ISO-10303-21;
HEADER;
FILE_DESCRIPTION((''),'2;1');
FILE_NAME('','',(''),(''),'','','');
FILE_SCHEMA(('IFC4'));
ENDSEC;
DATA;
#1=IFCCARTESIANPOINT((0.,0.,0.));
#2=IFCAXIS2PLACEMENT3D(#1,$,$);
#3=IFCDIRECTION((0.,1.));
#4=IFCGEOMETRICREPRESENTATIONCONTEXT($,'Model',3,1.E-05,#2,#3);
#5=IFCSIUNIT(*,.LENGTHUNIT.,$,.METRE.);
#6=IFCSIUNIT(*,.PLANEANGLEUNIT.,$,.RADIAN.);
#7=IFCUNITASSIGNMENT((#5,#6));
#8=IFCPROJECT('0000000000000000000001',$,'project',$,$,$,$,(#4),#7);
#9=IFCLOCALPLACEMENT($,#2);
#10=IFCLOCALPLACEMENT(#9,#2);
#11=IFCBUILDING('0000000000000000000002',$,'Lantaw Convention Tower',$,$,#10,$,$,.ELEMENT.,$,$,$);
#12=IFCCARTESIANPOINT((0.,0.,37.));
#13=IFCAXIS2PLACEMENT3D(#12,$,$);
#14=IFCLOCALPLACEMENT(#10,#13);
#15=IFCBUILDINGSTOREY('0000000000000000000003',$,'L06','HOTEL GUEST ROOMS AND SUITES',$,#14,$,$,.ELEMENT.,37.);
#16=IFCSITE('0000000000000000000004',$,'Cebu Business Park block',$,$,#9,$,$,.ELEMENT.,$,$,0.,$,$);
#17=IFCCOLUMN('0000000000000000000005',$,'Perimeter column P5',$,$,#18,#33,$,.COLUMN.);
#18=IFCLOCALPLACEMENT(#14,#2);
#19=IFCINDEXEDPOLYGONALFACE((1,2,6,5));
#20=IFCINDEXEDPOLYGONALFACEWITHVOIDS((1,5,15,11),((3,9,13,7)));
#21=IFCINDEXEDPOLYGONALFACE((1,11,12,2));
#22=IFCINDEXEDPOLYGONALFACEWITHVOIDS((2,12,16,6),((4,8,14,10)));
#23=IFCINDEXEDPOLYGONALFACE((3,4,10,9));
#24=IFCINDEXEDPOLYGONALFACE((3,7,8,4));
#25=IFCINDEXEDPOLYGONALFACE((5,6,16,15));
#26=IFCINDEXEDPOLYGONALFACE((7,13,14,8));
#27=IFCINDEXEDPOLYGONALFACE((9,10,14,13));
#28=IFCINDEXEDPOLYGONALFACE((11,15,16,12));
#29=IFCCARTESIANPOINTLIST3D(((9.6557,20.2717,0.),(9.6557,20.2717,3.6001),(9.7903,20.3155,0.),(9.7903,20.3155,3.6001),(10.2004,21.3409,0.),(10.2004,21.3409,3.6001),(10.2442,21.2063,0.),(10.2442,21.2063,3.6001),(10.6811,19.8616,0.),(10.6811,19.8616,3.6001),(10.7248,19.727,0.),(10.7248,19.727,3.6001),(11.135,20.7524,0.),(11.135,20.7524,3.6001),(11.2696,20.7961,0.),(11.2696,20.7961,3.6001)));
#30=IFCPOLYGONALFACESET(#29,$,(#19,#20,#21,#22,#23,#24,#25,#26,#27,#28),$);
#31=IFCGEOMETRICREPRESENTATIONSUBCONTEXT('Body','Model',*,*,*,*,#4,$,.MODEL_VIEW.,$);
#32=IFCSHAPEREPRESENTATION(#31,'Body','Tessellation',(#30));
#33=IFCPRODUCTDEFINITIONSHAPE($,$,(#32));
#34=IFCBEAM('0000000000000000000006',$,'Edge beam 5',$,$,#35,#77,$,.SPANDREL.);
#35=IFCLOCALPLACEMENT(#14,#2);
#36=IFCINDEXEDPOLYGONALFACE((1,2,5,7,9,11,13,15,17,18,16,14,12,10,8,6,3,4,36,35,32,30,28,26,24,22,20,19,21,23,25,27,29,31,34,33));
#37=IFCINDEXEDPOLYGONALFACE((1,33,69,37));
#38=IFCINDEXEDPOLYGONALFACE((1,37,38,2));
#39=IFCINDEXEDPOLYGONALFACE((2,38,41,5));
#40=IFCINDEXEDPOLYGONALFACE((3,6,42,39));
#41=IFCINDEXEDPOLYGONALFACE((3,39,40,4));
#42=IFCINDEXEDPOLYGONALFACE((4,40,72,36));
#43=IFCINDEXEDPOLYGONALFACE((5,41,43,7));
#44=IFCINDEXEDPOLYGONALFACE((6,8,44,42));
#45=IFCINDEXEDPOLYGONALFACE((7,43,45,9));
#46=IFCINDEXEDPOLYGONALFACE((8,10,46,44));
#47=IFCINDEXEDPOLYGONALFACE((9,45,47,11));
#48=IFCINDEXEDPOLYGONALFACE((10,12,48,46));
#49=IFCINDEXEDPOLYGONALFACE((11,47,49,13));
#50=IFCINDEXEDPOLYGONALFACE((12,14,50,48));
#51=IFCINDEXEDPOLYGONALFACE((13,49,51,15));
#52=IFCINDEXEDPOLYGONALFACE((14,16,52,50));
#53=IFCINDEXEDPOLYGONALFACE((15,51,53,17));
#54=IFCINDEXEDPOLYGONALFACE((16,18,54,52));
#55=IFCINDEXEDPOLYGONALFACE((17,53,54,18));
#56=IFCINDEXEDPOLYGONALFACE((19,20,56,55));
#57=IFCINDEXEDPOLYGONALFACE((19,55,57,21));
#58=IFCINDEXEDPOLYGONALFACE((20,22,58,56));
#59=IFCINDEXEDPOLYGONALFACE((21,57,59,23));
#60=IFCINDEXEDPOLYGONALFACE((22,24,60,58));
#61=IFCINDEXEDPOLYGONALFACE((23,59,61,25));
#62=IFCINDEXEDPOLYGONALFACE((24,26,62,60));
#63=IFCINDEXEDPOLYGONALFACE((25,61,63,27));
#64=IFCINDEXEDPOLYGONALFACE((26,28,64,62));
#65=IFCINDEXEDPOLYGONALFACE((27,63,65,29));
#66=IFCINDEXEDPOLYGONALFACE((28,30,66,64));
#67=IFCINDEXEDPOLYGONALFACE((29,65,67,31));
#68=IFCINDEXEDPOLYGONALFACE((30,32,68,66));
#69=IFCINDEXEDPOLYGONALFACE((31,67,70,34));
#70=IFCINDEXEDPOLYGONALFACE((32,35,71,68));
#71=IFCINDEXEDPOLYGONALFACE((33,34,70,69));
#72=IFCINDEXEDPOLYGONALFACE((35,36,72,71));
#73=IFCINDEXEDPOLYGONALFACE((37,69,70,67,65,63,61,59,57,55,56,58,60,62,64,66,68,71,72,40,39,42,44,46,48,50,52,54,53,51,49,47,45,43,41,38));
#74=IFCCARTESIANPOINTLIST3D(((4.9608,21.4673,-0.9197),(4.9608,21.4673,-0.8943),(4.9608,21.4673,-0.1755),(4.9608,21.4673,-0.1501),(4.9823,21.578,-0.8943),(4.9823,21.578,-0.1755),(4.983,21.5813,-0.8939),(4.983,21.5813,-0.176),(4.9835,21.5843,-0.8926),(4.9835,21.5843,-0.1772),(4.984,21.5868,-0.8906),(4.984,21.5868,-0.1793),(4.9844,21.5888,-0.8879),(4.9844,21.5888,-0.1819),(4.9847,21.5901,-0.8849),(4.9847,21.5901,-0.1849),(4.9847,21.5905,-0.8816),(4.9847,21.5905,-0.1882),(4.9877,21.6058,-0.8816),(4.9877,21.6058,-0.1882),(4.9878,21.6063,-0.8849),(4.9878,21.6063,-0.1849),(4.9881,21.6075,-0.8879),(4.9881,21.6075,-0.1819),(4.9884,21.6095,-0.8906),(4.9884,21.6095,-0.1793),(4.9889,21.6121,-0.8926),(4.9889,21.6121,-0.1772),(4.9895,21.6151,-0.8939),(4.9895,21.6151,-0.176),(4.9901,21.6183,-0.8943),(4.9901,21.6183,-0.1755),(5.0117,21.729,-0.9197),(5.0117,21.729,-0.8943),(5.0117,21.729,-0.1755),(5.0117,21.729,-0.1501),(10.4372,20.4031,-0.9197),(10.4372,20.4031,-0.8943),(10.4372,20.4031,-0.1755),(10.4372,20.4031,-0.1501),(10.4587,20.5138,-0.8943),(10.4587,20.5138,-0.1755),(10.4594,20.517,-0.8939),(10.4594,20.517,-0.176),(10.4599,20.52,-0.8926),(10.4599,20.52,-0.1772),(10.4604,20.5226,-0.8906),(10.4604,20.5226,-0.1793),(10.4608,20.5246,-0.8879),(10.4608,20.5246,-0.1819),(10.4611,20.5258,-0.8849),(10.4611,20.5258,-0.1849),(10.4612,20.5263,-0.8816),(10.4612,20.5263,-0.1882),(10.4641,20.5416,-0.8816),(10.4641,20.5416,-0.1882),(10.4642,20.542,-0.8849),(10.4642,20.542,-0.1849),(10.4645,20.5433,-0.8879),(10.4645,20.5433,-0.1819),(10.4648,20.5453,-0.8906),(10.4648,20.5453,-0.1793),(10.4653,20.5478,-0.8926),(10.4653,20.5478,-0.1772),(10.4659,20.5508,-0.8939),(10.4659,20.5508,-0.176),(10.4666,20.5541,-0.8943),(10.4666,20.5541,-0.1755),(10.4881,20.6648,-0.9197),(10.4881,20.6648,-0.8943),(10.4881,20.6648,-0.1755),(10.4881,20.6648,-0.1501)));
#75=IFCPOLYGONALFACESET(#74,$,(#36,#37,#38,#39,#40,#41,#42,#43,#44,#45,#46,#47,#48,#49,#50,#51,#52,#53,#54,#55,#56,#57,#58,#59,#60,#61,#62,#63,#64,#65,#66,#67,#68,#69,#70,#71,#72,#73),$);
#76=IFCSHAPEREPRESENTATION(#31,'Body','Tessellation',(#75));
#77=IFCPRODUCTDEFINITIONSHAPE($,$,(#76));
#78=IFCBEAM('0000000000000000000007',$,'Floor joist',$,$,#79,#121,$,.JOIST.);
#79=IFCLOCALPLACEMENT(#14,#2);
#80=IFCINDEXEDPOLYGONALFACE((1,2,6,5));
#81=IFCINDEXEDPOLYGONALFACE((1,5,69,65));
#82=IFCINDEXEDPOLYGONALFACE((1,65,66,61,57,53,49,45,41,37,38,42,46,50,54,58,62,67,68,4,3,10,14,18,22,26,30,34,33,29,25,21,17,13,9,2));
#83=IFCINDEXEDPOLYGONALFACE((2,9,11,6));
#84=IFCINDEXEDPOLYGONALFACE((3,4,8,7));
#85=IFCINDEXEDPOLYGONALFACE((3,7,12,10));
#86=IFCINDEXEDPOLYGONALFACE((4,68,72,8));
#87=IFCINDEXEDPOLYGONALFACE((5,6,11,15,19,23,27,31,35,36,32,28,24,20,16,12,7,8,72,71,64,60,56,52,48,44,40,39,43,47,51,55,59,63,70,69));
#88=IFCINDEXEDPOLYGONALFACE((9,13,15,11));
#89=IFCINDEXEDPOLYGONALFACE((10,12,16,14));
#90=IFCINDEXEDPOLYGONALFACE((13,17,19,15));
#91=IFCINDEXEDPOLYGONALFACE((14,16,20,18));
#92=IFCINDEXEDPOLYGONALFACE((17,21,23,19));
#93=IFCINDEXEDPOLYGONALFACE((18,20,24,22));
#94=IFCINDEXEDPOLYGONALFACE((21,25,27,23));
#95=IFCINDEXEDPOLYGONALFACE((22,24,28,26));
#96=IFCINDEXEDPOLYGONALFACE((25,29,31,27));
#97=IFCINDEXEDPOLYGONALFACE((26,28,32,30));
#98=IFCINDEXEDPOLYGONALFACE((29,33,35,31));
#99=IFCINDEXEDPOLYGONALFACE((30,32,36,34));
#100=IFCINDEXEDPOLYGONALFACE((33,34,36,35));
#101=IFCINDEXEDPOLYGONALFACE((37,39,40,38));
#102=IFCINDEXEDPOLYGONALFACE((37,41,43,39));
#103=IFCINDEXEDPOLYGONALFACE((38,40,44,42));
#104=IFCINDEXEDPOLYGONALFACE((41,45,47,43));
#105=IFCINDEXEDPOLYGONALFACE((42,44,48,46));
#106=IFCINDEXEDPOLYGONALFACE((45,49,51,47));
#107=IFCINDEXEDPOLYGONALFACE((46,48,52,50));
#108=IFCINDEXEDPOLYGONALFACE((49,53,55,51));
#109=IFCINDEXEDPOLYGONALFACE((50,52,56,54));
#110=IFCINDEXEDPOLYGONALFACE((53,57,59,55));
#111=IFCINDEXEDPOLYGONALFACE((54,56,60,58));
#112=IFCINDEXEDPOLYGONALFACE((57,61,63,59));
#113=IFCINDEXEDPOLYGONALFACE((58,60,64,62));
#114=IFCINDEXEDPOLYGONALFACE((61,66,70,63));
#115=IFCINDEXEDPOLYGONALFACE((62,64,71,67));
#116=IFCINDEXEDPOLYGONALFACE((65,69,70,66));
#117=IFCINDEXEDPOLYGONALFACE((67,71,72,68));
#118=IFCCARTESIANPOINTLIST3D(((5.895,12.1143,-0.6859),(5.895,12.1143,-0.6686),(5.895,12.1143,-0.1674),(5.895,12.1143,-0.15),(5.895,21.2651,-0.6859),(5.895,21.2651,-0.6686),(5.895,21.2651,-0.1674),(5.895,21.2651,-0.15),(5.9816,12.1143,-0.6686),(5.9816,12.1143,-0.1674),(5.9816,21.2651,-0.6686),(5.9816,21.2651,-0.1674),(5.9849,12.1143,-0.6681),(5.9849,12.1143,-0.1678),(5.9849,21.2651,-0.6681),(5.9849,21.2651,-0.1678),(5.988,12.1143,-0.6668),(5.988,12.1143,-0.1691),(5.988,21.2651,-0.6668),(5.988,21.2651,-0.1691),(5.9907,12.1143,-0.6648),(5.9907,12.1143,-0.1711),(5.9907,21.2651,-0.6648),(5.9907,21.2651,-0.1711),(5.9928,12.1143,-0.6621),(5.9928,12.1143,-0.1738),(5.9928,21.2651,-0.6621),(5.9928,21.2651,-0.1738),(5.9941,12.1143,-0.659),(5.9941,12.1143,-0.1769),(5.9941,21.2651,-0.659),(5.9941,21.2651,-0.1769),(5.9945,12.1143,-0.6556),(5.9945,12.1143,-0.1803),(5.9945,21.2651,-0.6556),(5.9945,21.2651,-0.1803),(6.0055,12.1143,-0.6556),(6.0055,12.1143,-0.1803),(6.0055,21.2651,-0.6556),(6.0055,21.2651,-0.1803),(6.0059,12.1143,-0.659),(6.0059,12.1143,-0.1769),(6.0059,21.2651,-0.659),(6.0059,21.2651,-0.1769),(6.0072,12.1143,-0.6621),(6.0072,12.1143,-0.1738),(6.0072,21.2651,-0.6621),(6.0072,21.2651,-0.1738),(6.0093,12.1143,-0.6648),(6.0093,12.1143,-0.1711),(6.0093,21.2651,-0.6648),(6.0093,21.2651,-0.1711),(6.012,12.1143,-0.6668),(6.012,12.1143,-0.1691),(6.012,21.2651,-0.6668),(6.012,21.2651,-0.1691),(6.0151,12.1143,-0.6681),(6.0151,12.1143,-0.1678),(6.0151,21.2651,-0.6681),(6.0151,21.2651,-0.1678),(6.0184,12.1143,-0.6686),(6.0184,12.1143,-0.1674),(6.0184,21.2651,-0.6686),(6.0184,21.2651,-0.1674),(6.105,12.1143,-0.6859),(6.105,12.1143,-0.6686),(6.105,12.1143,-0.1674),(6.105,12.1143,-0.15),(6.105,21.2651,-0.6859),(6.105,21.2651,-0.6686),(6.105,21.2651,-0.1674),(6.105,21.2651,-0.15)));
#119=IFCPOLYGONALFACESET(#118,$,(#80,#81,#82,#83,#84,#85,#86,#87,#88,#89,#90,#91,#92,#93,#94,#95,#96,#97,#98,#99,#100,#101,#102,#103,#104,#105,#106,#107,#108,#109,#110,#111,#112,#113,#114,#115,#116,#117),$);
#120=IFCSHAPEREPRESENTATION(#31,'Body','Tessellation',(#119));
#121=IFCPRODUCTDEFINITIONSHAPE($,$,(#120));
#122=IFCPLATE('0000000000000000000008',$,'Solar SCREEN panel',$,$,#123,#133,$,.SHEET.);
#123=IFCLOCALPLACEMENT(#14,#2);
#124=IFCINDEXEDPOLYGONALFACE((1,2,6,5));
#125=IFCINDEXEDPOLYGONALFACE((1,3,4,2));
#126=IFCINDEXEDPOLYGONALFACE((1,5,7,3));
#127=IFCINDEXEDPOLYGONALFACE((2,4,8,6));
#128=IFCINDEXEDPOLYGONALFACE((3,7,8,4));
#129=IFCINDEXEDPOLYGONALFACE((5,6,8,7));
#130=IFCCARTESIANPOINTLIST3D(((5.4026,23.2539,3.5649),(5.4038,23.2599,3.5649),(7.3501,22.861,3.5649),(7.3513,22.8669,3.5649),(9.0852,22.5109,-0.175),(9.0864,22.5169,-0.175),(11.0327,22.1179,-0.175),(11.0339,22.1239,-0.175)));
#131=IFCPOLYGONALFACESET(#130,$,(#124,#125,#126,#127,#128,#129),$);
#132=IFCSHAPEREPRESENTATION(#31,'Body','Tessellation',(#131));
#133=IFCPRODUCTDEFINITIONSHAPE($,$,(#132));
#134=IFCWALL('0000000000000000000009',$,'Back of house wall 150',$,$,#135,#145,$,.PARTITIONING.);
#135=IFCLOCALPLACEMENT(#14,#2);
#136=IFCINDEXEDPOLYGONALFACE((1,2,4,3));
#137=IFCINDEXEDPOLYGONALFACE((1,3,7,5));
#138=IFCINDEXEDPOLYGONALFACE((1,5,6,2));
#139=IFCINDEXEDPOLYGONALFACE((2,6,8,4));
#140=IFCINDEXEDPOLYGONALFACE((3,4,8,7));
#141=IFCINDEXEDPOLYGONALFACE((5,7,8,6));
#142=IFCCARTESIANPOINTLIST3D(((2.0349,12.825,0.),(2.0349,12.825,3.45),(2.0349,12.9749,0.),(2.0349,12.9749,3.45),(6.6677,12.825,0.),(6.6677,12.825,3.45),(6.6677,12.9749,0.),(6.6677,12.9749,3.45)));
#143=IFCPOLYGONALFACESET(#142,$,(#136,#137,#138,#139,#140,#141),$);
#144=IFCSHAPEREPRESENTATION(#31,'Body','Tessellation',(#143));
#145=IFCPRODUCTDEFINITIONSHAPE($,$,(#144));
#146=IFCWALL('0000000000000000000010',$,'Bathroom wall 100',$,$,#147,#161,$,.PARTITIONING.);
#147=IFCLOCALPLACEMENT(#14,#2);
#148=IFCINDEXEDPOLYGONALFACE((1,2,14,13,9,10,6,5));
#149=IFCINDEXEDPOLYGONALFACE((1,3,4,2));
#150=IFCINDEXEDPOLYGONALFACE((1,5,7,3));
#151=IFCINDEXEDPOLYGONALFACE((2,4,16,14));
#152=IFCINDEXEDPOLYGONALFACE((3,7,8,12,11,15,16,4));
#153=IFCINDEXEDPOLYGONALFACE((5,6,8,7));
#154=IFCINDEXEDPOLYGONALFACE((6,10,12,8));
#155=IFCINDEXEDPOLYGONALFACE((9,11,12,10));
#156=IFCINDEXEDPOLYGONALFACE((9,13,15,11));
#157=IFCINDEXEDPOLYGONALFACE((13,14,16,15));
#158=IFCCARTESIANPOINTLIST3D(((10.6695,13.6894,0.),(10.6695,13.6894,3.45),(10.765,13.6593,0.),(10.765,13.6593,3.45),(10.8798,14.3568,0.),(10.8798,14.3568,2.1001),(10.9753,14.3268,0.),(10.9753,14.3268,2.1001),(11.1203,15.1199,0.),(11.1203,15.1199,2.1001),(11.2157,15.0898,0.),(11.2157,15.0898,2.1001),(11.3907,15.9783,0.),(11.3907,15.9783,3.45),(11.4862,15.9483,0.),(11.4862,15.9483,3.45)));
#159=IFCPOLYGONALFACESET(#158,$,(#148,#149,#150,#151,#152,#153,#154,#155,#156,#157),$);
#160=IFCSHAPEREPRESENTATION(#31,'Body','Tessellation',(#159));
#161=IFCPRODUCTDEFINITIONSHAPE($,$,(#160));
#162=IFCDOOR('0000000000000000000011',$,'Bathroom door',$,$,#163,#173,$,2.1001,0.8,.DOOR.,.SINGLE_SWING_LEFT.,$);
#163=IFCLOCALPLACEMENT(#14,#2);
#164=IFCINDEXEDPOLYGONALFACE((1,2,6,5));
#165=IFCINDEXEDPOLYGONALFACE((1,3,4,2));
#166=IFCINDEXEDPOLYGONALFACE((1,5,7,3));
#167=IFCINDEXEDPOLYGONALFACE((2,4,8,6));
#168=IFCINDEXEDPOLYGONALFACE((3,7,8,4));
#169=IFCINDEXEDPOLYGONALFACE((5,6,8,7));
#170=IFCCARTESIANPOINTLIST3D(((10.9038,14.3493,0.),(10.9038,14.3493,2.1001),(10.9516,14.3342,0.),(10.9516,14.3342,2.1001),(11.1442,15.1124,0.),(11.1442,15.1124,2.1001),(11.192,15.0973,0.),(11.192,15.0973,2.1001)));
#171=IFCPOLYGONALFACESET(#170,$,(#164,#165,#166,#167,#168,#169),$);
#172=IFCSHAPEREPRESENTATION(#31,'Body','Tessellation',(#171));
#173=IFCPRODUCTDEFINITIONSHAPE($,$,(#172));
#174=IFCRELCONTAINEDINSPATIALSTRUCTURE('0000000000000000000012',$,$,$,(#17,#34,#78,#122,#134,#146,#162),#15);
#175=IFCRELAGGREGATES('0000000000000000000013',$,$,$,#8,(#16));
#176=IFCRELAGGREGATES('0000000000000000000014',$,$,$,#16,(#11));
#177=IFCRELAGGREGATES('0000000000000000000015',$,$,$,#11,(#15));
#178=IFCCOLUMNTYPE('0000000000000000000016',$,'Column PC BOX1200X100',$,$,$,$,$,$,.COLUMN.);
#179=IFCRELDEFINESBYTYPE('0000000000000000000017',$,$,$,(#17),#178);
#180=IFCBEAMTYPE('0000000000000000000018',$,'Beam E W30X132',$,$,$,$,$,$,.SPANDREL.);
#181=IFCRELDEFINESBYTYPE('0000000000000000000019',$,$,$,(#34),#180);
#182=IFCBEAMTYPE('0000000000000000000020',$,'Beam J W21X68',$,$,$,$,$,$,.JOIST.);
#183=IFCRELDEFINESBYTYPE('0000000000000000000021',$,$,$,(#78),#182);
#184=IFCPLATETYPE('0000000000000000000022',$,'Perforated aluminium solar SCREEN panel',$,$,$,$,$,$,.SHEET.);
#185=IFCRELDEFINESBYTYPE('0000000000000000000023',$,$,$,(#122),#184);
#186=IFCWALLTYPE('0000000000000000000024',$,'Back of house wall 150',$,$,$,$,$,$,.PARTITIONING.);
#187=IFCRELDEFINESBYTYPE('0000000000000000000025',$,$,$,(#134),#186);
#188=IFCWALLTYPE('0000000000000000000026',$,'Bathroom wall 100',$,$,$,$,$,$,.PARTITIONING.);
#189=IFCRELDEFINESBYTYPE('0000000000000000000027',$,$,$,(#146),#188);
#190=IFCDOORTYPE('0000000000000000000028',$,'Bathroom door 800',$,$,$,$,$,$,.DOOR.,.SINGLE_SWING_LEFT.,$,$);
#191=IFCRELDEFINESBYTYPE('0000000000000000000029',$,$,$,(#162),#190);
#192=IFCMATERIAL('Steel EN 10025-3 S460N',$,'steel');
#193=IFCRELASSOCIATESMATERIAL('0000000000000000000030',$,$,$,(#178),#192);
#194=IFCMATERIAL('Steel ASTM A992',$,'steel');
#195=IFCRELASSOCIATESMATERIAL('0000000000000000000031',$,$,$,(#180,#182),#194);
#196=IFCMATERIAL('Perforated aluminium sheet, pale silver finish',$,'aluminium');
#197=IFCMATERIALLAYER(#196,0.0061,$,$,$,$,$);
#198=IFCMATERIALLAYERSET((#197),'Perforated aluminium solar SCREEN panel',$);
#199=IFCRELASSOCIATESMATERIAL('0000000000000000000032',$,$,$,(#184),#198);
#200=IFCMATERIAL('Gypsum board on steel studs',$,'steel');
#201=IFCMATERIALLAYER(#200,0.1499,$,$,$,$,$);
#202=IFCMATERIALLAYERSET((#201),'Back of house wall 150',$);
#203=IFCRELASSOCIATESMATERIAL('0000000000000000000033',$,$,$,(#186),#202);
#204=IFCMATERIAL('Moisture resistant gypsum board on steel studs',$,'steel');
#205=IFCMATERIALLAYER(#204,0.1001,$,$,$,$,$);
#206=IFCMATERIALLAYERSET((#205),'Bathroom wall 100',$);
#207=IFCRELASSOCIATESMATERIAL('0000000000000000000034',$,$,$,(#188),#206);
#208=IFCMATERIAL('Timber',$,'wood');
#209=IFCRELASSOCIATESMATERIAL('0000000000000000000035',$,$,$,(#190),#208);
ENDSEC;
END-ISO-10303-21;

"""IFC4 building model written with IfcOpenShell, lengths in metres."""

from ifc_helpers import new_model, si_unit, direction, frame, frame_2d, origin, origin_2d, place, context, subcontext, project, spatial, polyline, rectangle, hollow_rectangle, i_section, outline, extrude, material, layer, layer_set, material_profile, profile_set, type_object, element, fill, save


model = new_model("IFC4")

# Units and contexts
model_context = context("Model", 3, precision=1e-05, world=origin(), true_north=direction((0.0, 1.0)))
body_context = subcontext(model_context, "Body", "Model", "MODEL_VIEW")
ifc_project = project(units=[si_unit("LENGTHUNIT", "METRE"), si_unit("PLANEANGLEUNIT", "RADIAN")], contexts=[model_context])

# Site, building, storey
site_placement = place(None, origin())
site = spatial("IfcSite", under=ifc_project, at=site_placement, Name="Cebu Business Park block", CompositionType="ELEMENT", RefElevation=0.0)
building_placement = place(site_placement, origin())
building = spatial("IfcBuilding", under=site, at=building_placement, Name="Lantaw Convention Tower", CompositionType="ELEMENT")
storey_placement = place(building_placement, frame((0.0, 0.0, 37.0)))
storey = spatial("IfcBuildingStorey", under=building, at=storey_placement, Name="L06", Description="HOTEL GUEST ROOMS AND SUITES", CompositionType="ELEMENT", Elevation=37.0)

# Column
ifc_material_1 = material(Name="Steel EN 10025-3 S460N", Category="steel")
ifc_material_profile_1 = material_profile(ifc_material_1, hollow_rectangle(XDim=1.2, YDim=1.2, WallThickness=0.1001, at=origin_2d()), Name="BOX1200X100")
ifc_material_2 = material(Name="Concrete C60/75", Category="concrete")
ifc_material_profile_2 = material_profile(ifc_material_2, rectangle(XDim=1.0, YDim=1.0, at=origin_2d()), Name="Concrete fill of BOX1200X100")
ifc_profile_set_1 = profile_set([ifc_material_profile_1, ifc_material_profile_2], Name="Steel EN 10025-3 S460N")
column_type = type_object("IfcColumnType", Name="Column PC BOX1200X100", PredefinedType="COLUMN", material=ifc_profile_set_1)
column_placement = place(storey_placement, frame((10.4626, 20.5339, 0.0), z_axis=(0.0, 0.0, 1.0), x_axis=(0.45399, 0.891007, 0.0)))
element("IfcColumn", 1, at=column_placement, inside=storey, type_object=column_type, Name="Perimeter column P5", PredefinedType="COLUMN", context=body_context, shape_type="SweptSolid", body=[
    extrude(hollow_rectangle(XDim=1.2, YDim=1.2, WallThickness=0.1001, at=origin_2d()), origin(), (0.0, 0.0, 1.0), 3.6001),
])

# Beams
ifc_material_3 = material(Name="Steel ASTM A992", Category="steel")
ifc_material_profile_3 = material_profile(ifc_material_3, i_section(OverallWidth=0.2666, OverallDepth=0.7695, WebThickness=0.0156, FlangeThickness=0.0254, FilletRadius=0.0127, at=origin_2d()), Name="W30X132")
ifc_profile_set_2 = profile_set([ifc_material_profile_3], Name="Steel ASTM A992")
beam_type_1 = type_object("IfcBeamType", Name="Beam E W30X132", PredefinedType="SPANDREL", material=ifc_profile_set_2)
beam_1_placement = place(storey_placement, frame((10.4626, 20.5339, -0.5349), z_axis=(-0.981637, 0.190761, 0.0), x_axis=(-0.190761, -0.981637, 0.0)))
element("IfcBeam", 2, at=beam_1_placement, inside=storey, type_object=beam_type_1, Name="Edge beam 5", PredefinedType="SPANDREL", context=body_context, shape_type="SweptSolid", body=[
    extrude(i_section(OverallWidth=0.2666, OverallDepth=0.7695, WebThickness=0.0156, FlangeThickness=0.0254, FilletRadius=0.0127, at=origin_2d()), origin(), (0.0, 0.0, 1.0), 5.5789),
])
ifc_material_profile_4 = material_profile(ifc_material_3, i_section(OverallWidth=0.21, OverallDepth=0.5359, WebThickness=0.011, FlangeThickness=0.0173, FilletRadius=0.0129, at=origin_2d()), Name="W21X68")
ifc_profile_set_3 = profile_set([ifc_material_profile_4], Name="Steel ASTM A992")
beam_type_2 = type_object("IfcBeamType", Name="Beam J W21X68", PredefinedType="JOIST", material=ifc_profile_set_3)
beam_2_placement = place(storey_placement, frame((6.0, 12.1143, -0.418), z_axis=(0.0, 1.0, 0.0), x_axis=(-1.0, 0.0, 0.0)))
element("IfcBeam", 3, at=beam_2_placement, inside=storey, type_object=beam_type_2, Name="Floor joist", PredefinedType="JOIST", context=body_context, shape_type="SweptSolid", body=[
    extrude(i_section(OverallWidth=0.21, OverallDepth=0.5359, WebThickness=0.011, FlangeThickness=0.0173, FilletRadius=0.0129, at=origin_2d()), origin(), (0.0, 0.0, 1.0), 9.1509),
])

# Plate
ifc_material_4 = material(Name="Perforated aluminium sheet, pale silver finish", Category="aluminium")
ifc_layer_1 = layer(ifc_material_4, 0.0061)
ifc_layer_set_1 = layer_set([ifc_layer_1], Name="Perforated aluminium solar SCREEN panel")
plate_type = type_object("IfcPlateType", Name="Perforated aluminium solar SCREEN panel", PredefinedType="SHEET", material=ifc_layer_set_1)
plate_placement = place(storey_placement, frame((11.0327, 22.1179, -0.175), z_axis=(-0.197782, -0.980246, 0.000002), x_axis=(-0.980246, 0.197782, 0.0)))
element("IfcPlate", 4, at=plate_placement, inside=storey, type_object=plate_type, Name="Solar SCREEN panel", PredefinedType="SHEET", context=body_context, shape_type="SweptSolid", body=[
    extrude(outline(polyline([(0.0, 0.0), (1.9868, 0.0), (5.7436, -3.74), (3.7569, -3.74), (0.0, 0.0)])), origin(), (0.0, 0.0, -1.0), 0.0061),
])

# Wall
ifc_material_5 = material(Name="Gypsum board on steel studs", Category="steel")
ifc_layer_2 = layer(ifc_material_5, 0.1499)
ifc_layer_set_2 = layer_set([ifc_layer_2], Name="Back of house wall 150")
wall_type_1 = type_object("IfcWallType", Name="Back of house wall 150", PredefinedType="PARTITIONING", material=ifc_layer_set_2)
wall_1_placement = place(storey_placement, frame((6.6677, 12.8999, 0.0), z_axis=(0.0, 0.0, 1.0), x_axis=(-1.0, 0.0, 0.0)))
element("IfcWall", 5, at=wall_1_placement, inside=storey, type_object=wall_type_1, Name="Back of house wall 150", PredefinedType="PARTITIONING", context=body_context, shape_type="SweptSolid", body=[
    extrude(rectangle(XDim=4.6328, YDim=0.1499, at=frame_2d((2.3164, 0.0))), origin(), (0.0, 0.0, 1.0), 3.45),
])

# Wall, opening, door
ifc_material_6 = material(Name="Moisture resistant gypsum board on steel studs", Category="steel")
ifc_layer_3 = layer(ifc_material_6, 0.1001)
ifc_layer_set_3 = layer_set([ifc_layer_3], Name="Bathroom wall 100")
wall_type_2 = type_object("IfcWallType", Name="Bathroom wall 100", PredefinedType="PARTITIONING", material=ifc_layer_set_3)
wall_2_placement = place(storey_placement, frame((10.7173, 13.6743, 0.0), z_axis=(0.0, 0.0, 1.0), x_axis=(0.300498, 0.953782, 0.0)))
wall_2 = element("IfcWall", 6, at=wall_2_placement, inside=storey, type_object=wall_type_2, Name="Bathroom wall 100", PredefinedType="PARTITIONING", context=body_context, shape_type="SweptSolid", body=[
    extrude(rectangle(XDim=2.3999, YDim=0.1001, at=frame_2d((1.2, 0.0))), origin(), (0.0, 0.0, 1.0), 3.45),
])
opening_1_placement = place(wall_2_placement, frame((0.7, 0.0, 0.0)))
opening_1 = element("IfcOpeningElement", 7, at=opening_1_placement, cuts=wall_2, PredefinedType="OPENING", context=body_context, shape_type="SweptSolid", body=[
    extrude(rectangle(XDim=0.8, YDim=2.1001, at=frame_2d((0.3999, 1.05))), frame((0.0, 0.0601, 0.0), z_axis=(0.0, -1.0, 0.0), x_axis=(1.0, 0.0, 0.0)), (0.0, 0.0, 1.0), 0.1201),
])
ifc_material_7 = material(Name="Timber", Category="wood")
door_type_1 = type_object("IfcDoorType", Name="Bathroom door 800", OperationType="SINGLE_SWING_LEFT", PredefinedType="DOOR", material=ifc_material_7)
door_1_placement = place(opening_1_placement, origin())
door_1 = element("IfcDoor", 8, at=door_1_placement, inside=storey, type_object=door_type_1, Name="Bathroom door", OperationType="SINGLE_SWING_LEFT", OverallHeight=2.1001, OverallWidth=0.8, PredefinedType="DOOR", context=body_context, shape_type="SweptSolid", body=[
    extrude(rectangle(XDim=0.8, YDim=2.1001, at=frame_2d((0.3999, 1.05))), frame((0.0, 0.0249, 0.0), z_axis=(0.0, -1.0, 0.0), x_axis=(1.0, 0.0, 0.0)), (0.0, 0.0, 1.0), 0.05),
])
fill(opening_1, door_1)

save(model, "model.ifc")
